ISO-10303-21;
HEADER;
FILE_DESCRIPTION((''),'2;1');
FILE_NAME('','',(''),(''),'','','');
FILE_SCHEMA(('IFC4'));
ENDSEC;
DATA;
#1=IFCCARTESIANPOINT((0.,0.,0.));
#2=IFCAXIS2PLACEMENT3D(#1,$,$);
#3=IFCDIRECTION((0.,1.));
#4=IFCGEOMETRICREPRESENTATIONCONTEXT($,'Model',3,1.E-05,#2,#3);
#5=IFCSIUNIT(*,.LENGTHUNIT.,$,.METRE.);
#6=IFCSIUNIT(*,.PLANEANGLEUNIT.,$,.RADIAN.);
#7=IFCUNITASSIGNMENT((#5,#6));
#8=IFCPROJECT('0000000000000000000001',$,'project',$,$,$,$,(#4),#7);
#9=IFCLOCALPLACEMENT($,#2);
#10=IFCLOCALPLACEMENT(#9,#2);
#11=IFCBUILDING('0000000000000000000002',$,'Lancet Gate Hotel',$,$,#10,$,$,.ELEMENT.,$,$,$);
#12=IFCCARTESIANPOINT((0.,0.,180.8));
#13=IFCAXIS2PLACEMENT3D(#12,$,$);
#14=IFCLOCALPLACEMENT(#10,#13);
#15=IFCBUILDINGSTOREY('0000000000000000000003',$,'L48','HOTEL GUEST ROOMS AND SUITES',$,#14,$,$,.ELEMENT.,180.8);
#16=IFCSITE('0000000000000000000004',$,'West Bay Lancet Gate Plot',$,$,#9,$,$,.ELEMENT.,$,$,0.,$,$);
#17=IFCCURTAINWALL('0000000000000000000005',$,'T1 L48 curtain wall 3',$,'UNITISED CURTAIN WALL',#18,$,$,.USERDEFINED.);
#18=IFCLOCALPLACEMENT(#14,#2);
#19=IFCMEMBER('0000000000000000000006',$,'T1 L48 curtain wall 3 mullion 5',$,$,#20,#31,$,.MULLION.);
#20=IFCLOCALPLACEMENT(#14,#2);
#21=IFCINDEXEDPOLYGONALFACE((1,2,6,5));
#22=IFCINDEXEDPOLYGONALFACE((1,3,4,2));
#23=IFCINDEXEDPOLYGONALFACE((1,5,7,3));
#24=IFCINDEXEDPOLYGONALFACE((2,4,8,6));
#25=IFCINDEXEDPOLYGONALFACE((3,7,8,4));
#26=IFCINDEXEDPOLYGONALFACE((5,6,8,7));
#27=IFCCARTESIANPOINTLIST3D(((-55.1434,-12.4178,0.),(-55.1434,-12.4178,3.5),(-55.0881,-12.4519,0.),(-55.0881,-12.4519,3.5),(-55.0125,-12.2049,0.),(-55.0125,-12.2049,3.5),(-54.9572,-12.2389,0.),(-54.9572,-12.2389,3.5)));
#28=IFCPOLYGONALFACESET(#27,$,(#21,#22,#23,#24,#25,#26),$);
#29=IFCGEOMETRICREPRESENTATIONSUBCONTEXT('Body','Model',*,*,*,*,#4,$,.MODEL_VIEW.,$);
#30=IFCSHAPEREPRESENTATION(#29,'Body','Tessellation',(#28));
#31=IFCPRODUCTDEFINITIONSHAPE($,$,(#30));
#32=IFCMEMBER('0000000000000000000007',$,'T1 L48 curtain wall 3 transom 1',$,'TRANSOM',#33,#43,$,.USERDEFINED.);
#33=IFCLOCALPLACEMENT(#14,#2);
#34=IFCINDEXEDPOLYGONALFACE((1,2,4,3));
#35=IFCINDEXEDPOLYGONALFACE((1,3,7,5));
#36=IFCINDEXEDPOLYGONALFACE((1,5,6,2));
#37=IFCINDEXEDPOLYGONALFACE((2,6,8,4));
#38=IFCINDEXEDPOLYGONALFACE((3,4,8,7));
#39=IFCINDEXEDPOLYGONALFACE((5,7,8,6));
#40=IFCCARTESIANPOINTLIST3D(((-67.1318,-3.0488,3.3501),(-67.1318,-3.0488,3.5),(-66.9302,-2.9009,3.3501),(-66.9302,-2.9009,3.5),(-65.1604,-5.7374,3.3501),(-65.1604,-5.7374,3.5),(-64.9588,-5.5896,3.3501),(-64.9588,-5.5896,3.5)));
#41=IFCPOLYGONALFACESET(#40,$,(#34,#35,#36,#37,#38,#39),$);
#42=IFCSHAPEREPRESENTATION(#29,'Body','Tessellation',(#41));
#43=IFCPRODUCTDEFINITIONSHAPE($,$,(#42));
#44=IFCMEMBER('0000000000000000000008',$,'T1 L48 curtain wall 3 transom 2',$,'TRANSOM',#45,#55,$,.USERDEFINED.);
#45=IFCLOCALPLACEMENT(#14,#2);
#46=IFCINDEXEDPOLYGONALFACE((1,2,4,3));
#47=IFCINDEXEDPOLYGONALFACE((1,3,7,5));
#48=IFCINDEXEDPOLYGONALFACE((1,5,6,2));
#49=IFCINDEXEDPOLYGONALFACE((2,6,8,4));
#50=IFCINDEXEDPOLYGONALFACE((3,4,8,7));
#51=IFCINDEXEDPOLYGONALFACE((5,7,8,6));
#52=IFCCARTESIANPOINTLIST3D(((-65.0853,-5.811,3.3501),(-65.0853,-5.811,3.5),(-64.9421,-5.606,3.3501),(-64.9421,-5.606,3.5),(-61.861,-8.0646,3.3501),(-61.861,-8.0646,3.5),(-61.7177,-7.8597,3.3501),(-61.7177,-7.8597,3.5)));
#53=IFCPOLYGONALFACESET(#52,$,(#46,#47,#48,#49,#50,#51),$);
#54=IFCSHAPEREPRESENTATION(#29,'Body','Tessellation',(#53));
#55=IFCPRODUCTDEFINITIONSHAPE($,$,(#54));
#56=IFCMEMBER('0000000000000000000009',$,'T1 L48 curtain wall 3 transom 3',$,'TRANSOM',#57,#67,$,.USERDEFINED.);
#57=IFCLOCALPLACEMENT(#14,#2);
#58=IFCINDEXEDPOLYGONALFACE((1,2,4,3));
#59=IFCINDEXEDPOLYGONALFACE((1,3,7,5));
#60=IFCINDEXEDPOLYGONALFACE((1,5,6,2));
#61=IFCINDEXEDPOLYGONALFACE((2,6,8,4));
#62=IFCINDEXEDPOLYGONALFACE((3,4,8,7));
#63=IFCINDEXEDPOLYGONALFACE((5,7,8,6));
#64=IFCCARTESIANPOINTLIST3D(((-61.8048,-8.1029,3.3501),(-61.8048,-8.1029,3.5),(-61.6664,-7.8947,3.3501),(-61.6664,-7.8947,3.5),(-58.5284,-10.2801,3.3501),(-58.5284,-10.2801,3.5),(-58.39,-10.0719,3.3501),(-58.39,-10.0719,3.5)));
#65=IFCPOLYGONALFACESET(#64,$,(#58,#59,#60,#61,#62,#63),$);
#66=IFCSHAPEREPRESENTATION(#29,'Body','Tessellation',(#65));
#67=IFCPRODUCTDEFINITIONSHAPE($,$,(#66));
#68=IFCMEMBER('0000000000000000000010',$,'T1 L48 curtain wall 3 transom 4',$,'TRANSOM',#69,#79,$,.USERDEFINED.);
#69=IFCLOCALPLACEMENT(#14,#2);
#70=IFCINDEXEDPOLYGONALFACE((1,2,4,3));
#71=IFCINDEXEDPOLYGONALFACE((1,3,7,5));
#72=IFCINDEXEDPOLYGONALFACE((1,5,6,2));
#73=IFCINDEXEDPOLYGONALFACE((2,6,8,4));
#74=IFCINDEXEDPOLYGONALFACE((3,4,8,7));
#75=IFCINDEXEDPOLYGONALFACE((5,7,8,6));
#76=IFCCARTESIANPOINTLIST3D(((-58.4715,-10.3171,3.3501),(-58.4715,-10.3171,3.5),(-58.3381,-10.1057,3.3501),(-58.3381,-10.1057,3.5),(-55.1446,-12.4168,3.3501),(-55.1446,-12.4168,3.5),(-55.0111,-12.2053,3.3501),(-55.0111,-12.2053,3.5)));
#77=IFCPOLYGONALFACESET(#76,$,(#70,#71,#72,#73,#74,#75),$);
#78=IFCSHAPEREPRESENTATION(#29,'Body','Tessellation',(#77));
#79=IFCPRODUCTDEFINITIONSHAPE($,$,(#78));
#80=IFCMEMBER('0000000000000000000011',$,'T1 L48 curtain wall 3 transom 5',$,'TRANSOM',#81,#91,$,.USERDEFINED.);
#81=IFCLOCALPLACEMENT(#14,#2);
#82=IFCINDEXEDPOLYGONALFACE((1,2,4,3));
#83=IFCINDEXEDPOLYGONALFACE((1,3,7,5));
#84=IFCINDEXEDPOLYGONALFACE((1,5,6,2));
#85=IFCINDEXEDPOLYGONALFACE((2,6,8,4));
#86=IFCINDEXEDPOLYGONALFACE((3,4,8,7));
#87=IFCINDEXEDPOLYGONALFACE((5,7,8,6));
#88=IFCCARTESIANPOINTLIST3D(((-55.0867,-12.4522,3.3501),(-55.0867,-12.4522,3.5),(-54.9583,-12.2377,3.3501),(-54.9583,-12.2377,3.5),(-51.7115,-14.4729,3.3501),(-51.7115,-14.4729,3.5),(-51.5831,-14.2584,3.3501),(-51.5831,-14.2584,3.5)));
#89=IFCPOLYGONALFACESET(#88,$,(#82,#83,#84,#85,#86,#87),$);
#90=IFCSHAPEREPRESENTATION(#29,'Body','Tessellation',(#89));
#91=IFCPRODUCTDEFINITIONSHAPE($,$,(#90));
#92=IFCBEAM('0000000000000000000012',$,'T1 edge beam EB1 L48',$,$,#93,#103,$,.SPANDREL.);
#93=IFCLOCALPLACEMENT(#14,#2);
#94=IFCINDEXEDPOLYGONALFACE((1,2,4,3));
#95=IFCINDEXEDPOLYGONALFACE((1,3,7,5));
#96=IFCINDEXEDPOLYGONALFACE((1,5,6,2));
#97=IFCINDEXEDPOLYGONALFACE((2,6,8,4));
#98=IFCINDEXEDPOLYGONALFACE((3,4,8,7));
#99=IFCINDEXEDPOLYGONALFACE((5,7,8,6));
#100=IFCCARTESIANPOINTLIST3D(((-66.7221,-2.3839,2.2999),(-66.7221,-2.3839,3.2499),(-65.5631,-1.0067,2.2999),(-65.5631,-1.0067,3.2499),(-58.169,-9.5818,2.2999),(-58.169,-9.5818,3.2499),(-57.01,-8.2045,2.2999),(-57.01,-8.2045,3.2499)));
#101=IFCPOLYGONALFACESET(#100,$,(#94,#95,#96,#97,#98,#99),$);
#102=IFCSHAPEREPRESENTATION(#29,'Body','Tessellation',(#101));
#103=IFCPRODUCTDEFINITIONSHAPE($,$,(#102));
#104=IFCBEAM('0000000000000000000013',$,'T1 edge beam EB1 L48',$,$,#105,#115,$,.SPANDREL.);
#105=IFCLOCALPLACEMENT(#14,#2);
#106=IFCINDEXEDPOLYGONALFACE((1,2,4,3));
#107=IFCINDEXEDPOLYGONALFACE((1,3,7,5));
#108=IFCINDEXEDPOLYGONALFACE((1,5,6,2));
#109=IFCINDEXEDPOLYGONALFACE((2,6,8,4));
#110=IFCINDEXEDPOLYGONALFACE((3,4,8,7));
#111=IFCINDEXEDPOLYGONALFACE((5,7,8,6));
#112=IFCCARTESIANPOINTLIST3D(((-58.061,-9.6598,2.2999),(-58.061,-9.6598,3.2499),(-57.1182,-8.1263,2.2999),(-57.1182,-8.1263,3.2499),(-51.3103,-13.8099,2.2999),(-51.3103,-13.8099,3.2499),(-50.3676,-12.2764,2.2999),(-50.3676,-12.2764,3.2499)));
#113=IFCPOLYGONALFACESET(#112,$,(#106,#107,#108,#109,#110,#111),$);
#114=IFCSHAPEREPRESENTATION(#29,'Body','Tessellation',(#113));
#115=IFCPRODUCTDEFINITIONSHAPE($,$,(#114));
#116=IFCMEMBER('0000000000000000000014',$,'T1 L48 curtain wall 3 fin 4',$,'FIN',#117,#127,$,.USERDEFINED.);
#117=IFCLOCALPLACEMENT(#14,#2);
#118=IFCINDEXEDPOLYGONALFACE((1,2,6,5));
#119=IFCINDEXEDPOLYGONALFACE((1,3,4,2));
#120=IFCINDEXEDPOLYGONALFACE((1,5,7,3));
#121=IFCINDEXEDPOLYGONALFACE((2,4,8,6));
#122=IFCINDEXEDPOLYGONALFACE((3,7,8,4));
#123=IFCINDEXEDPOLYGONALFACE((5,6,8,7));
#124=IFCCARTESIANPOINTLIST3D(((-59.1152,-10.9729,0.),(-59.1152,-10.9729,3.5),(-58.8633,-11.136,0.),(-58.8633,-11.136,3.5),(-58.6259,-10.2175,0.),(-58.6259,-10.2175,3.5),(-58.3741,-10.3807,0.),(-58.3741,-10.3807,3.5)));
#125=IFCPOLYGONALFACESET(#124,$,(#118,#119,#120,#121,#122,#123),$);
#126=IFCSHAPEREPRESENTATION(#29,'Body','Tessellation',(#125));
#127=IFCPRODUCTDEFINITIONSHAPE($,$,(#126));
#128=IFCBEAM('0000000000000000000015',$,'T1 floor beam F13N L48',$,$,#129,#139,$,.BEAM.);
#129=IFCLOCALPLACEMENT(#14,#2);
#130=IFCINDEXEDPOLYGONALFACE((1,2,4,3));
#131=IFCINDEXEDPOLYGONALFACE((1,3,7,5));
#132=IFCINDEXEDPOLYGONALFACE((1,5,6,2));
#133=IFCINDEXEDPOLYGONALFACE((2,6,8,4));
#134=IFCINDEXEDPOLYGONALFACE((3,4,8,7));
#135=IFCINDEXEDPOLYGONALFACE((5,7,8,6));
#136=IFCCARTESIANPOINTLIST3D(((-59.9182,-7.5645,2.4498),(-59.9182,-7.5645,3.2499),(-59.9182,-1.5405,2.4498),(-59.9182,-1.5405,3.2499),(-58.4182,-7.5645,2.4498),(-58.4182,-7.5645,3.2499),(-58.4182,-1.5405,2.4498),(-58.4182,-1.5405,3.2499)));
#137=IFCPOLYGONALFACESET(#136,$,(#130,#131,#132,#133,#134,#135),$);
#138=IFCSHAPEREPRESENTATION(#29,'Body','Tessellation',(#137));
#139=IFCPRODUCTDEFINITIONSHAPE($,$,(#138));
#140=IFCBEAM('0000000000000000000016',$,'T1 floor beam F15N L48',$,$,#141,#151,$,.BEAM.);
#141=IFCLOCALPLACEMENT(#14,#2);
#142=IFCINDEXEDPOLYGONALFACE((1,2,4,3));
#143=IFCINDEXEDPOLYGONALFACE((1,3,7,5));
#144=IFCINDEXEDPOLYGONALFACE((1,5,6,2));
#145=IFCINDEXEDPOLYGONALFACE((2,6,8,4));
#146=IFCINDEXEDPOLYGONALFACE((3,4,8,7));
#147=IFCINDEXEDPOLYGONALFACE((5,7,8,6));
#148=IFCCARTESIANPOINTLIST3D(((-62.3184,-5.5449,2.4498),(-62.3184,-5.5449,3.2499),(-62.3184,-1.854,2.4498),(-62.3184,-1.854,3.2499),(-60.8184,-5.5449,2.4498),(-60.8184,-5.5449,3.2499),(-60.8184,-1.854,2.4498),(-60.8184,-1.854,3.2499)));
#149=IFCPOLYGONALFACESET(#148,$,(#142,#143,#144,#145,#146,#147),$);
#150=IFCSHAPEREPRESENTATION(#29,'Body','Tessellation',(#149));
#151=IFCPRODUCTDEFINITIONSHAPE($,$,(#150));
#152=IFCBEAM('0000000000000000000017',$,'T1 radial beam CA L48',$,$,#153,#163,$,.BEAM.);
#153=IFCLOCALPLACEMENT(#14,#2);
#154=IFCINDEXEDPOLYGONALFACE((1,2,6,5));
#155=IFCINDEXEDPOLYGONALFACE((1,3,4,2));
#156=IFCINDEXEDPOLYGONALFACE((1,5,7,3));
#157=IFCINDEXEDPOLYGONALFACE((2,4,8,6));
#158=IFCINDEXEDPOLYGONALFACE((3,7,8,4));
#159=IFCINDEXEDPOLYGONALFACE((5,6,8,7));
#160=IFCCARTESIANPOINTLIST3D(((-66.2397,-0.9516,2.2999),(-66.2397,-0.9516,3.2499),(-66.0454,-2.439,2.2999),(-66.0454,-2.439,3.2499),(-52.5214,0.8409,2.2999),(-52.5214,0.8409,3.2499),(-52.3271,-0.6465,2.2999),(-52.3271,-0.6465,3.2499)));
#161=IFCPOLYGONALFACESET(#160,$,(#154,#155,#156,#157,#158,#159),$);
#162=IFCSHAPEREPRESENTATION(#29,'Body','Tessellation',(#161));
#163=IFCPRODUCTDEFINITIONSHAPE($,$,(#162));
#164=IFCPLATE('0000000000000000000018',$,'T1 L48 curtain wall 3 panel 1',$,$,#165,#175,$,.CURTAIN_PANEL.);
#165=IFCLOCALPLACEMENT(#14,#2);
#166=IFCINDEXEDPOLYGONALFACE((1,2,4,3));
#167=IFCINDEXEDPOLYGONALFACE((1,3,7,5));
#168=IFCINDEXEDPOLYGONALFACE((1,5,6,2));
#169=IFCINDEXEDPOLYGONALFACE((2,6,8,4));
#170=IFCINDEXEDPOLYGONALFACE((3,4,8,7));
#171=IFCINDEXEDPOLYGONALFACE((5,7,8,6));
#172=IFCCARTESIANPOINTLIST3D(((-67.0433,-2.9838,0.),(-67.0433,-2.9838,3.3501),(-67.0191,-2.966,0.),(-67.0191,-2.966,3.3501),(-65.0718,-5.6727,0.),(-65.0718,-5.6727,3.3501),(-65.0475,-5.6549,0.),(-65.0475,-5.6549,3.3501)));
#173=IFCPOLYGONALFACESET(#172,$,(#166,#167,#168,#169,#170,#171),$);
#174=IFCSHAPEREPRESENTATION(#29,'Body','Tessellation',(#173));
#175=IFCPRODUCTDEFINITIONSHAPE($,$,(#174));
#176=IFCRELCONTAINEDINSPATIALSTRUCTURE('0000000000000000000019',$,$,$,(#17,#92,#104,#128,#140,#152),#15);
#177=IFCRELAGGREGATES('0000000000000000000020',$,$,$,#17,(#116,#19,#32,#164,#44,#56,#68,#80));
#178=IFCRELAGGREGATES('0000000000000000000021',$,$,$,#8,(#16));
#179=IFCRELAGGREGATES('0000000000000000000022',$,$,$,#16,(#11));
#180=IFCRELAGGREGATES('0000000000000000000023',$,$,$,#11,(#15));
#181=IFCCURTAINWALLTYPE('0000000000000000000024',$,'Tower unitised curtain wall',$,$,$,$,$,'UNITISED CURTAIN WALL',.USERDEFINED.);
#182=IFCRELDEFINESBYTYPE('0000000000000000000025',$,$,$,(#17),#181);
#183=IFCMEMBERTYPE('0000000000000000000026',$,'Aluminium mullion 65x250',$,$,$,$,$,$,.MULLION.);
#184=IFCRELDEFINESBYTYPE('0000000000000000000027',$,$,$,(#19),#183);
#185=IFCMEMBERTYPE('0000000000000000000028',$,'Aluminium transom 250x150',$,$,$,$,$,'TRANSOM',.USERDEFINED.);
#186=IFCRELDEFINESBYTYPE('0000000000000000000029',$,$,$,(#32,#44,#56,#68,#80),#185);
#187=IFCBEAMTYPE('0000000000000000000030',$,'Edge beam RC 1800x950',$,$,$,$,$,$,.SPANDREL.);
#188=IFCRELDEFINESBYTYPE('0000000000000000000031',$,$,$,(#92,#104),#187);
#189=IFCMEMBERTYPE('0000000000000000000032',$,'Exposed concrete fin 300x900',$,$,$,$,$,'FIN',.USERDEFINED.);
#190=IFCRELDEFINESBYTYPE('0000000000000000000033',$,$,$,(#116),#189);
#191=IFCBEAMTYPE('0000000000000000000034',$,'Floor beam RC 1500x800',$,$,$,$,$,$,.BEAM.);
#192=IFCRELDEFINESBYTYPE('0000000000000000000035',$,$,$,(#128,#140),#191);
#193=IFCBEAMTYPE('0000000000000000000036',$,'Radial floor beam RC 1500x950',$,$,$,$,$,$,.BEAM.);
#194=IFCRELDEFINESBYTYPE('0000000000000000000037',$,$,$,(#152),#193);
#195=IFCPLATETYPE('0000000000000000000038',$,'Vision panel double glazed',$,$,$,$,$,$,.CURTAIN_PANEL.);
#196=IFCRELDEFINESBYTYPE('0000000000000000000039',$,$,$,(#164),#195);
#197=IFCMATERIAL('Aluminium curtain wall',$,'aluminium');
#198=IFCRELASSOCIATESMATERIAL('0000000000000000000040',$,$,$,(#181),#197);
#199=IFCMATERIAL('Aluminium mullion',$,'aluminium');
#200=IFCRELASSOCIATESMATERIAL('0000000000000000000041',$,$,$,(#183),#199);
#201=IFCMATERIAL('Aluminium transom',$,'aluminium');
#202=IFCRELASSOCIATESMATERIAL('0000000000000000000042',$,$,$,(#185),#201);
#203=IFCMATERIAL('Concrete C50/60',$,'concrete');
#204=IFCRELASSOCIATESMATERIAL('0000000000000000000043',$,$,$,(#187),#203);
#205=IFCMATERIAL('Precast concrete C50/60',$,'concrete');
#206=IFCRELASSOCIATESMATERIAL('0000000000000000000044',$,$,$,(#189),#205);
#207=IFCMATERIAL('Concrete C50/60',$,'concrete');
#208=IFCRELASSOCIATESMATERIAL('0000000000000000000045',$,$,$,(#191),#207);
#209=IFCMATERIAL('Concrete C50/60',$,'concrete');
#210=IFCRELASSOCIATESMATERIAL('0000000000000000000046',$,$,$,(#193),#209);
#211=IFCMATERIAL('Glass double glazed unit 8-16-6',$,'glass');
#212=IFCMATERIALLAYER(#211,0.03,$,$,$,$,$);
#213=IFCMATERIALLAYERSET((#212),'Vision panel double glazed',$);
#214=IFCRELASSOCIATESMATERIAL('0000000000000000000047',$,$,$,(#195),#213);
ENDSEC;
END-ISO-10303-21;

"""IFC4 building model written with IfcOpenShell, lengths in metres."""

from ifc_helpers import new_model, si_unit, direction, frame, origin, origin_2d, place, context, subcontext, project, spatial, rectangle, extrude, material, layer, layer_set, material_profile, profile_set, type_object, element, aggregate, save


model = new_model("IFC4")

# Units and contexts
model_context = context("Model", 3, precision=1e-05, world=origin(), true_north=direction((0.0, 1.0)))
body_context = subcontext(model_context, "Body", "Model", "MODEL_VIEW")
ifc_project = project(units=[si_unit("LENGTHUNIT", "METRE"), si_unit("PLANEANGLEUNIT", "RADIAN")], contexts=[model_context])

# Site, building, storey
site_placement = place(None, origin())
site = spatial("IfcSite", under=ifc_project, at=site_placement, Name="West Bay Lancet Gate Plot", CompositionType="ELEMENT", RefElevation=0.0)
building_placement = place(site_placement, origin())
building = spatial("IfcBuilding", under=site, at=building_placement, Name="Lancet Gate Hotel", CompositionType="ELEMENT")
storey_placement = place(building_placement, frame((0.0, 0.0, 180.8)))
storey = spatial("IfcBuildingStorey", under=building, at=storey_placement, Name="L48", Description="HOTEL GUEST ROOMS AND SUITES", CompositionType="ELEMENT", Elevation=180.8)

# Curtain wall, members
ifc_material_1 = material(Name="Aluminium curtain wall", Category="aluminium")
curtain_wall_type = type_object("IfcCurtainWallType", Name="Tower unitised curtain wall", ElementType="UNITISED CURTAIN WALL", PredefinedType="USERDEFINED", material=ifc_material_1)
curtain_wall_placement = place(storey_placement, origin())
curtain_wall = element("IfcCurtainWall", 1, at=curtain_wall_placement, inside=storey, type_object=curtain_wall_type, Name="T1 L48 curtain wall 3", ObjectType="UNITISED CURTAIN WALL", PredefinedType="USERDEFINED")
ifc_material_2 = material(Name="Aluminium mullion", Category="aluminium")
ifc_material_profile_1 = material_profile(ifc_material_2, rectangle(XDim=0.0649, YDim=0.25, at=origin_2d()), Name="MULLION 65x250")
ifc_profile_set_1 = profile_set([ifc_material_profile_1], Name="Aluminium mullion")
member_type_1 = type_object("IfcMemberType", Name="Aluminium mullion 65x250", PredefinedType="MULLION", material=ifc_profile_set_1)
member_1_placement = place(storey_placement, frame((-55.0503, -12.3284, 0.0), z_axis=(0.0, 0.0, 1.0), x_axis=(0.851886, -0.523728, 0.0)))
member_1 = element("IfcMember", 2, at=member_1_placement, type_object=member_type_1, Name="T1 L48 curtain wall 3 mullion 5", PredefinedType="MULLION", context=body_context, shape_type="SweptSolid", body=[
    extrude(rectangle(XDim=0.0649, YDim=0.25, at=origin_2d()), origin(), (0.0, 0.0, 1.0), 3.5),
])
ifc_material_3 = material(Name="Aluminium transom", Category="aluminium")
ifc_material_profile_2 = material_profile(ifc_material_3, rectangle(XDim=0.25, YDim=0.1499, at=origin_2d()), Name="TRANSOM 250x150")
ifc_profile_set_2 = profile_set([ifc_material_profile_2], Name="Aluminium transom")
member_type_2 = type_object("IfcMemberType", Name="Aluminium transom 250x150", ElementType="TRANSOM", PredefinedType="USERDEFINED", material=ifc_profile_set_2)
member_2_placement = place(storey_placement, frame((-67.031, -2.9749, 3.425), z_axis=(0.591307, -0.806447, 0.0), x_axis=(0.806447, 0.591307, 0.0)))
member_2 = element("IfcMember", 3, at=member_2_placement, type_object=member_type_2, Name="T1 L48 curtain wall 3 transom 1", ObjectType="TRANSOM", PredefinedType="USERDEFINED", context=body_context, shape_type="SweptSolid", body=[
    extrude(rectangle(XDim=0.25, YDim=0.1499, at=origin_2d()), origin(), (0.0, 0.0, 1.0), 3.334),
])
member_3_placement = place(storey_placement, frame((-65.0137, -5.7085, 3.425), z_axis=(0.819637, -0.572883, 0.0), x_axis=(0.572883, 0.819637, 0.0)))
member_3 = element("IfcMember", 4, at=member_3_placement, type_object=member_type_2, Name="T1 L48 curtain wall 3 transom 2", ObjectType="TRANSOM", PredefinedType="USERDEFINED", context=body_context, shape_type="SweptSolid", body=[
    extrude(rectangle(XDim=0.25, YDim=0.1499, at=origin_2d()), origin(), (0.0, 0.0, 1.0), 3.9338),
])
member_4_placement = place(storey_placement, frame((-61.7356, -7.9988, 3.425), z_axis=(0.832871, -0.553468, 0.0), x_axis=(0.553468, 0.832871, 0.0)))
member_4 = element("IfcMember", 5, at=member_4_placement, type_object=member_type_2, Name="T1 L48 curtain wall 3 transom 3", ObjectType="TRANSOM", PredefinedType="USERDEFINED", context=body_context, shape_type="SweptSolid", body=[
    extrude(rectangle(XDim=0.25, YDim=0.1499, at=origin_2d()), origin(), (0.0, 0.0, 1.0), 3.9338),
])
member_5_placement = place(storey_placement, frame((-58.4048, -10.2114, 3.425), z_axis=(0.845672, -0.533703, 0.0), x_axis=(0.533703, 0.845672, 0.0)))
member_5 = element("IfcMember", 6, at=member_5_placement, type_object=member_type_2, Name="T1 L48 curtain wall 3 transom 4", ObjectType="TRANSOM", PredefinedType="USERDEFINED", context=body_context, shape_type="SweptSolid", body=[
    extrude(rectangle(XDim=0.25, YDim=0.1499, at=origin_2d()), origin(), (0.0, 0.0, 1.0), 3.9341),
])
member_6_placement = place(storey_placement, frame((-55.0225, -12.345, 3.425), z_axis=(0.857985, -0.513674, 0.0), x_axis=(0.513674, 0.857985, 0.0)))
member_6 = element("IfcMember", 7, at=member_6_placement, type_object=member_type_2, Name="T1 L48 curtain wall 3 transom 5", ObjectType="TRANSOM", PredefinedType="USERDEFINED", context=body_context, shape_type="SweptSolid", body=[
    extrude(rectangle(XDim=0.25, YDim=0.1499, at=origin_2d()), origin(), (0.0, 0.0, 1.0), 3.9338),
])

# Beams
ifc_material_4 = material(Name="Concrete C50/60", Category="concrete")
ifc_material_profile_3 = material_profile(ifc_material_4, rectangle(XDim=1.8, YDim=0.95, at=origin_2d()), Name="RC 1800x950")
ifc_profile_set_3 = profile_set([ifc_material_profile_3], Name="Concrete C50/60")
beam_type_1 = type_object("IfcBeamType", Name="Edge beam RC 1800x950", PredefinedType="SPANDREL", material=ifc_profile_set_3)
beam_1_placement = place(storey_placement, frame((-66.1426, -1.6953, 2.7749), z_axis=(0.765121, -0.643887, 0.0), x_axis=(0.643887, 0.765121, 0.0)))
element("IfcBeam", 8, at=beam_1_placement, inside=storey, type_object=beam_type_1, Name="T1 edge beam EB1 L48", PredefinedType="SPANDREL", context=body_context, shape_type="SweptSolid", body=[
    extrude(rectangle(XDim=1.8, YDim=0.95, at=origin_2d()), origin(), (0.0, 0.0, 1.0), 11.1787),
])
beam_2_placement = place(storey_placement, frame((-57.5896, -8.8931, 2.7749), z_axis=(0.851892, -0.523717, 0.0), x_axis=(0.523717, 0.851892, 0.0)))
element("IfcBeam", 9, at=beam_2_placement, inside=storey, type_object=beam_type_1, Name="T1 edge beam EB1 L48", PredefinedType="SPANDREL", context=body_context, shape_type="SweptSolid", body=[
    extrude(rectangle(XDim=1.8, YDim=0.95, at=origin_2d()), origin(), (0.0, 0.0, 1.0), 7.9243),
])

# Member
ifc_material_5 = material(Name="Precast concrete C50/60", Category="concrete")
ifc_material_profile_4 = material_profile(ifc_material_5, rectangle(XDim=0.3, YDim=0.8999, at=origin_2d()), Name="FIN 300x900")
ifc_profile_set_4 = profile_set([ifc_material_profile_4], Name="Precast concrete C50/60")
member_type_3 = type_object("IfcMemberType", Name="Exposed concrete fin 300x900", ElementType="FIN", PredefinedType="USERDEFINED", material=ifc_profile_set_4)
member_7_placement = place(storey_placement, frame((-58.7446, -10.6768, 0.0), z_axis=(0.0, 0.0, 1.0), x_axis=(0.839331, -0.543621, 0.0)))
member_7 = element("IfcMember", 10, at=member_7_placement, type_object=member_type_3, Name="T1 L48 curtain wall 3 fin 4", ObjectType="FIN", PredefinedType="USERDEFINED", context=body_context, shape_type="SweptSolid", body=[
    extrude(rectangle(XDim=0.3, YDim=0.8999, at=origin_2d()), origin(), (0.0, 0.0, 1.0), 3.5),
])

# Beams
ifc_material_6 = material(Name="Concrete C50/60", Category="concrete")
ifc_material_profile_5 = material_profile(ifc_material_6, rectangle(XDim=1.5, YDim=0.8, at=origin_2d()), Name="RC 1500x800")
ifc_profile_set_5 = profile_set([ifc_material_profile_5], Name="Concrete C50/60")
beam_type_2 = type_object("IfcBeamType", Name="Floor beam RC 1500x800", PredefinedType="BEAM", material=ifc_profile_set_5)
beam_3_placement = place(storey_placement, frame((-59.1682, -1.5405, 2.8499), z_axis=(0.0, -1.0, 0.0), x_axis=(1.0, 0.0, 0.0)))
element("IfcBeam", 11, at=beam_3_placement, inside=storey, type_object=beam_type_2, Name="T1 floor beam F13N L48", PredefinedType="BEAM", context=body_context, shape_type="SweptSolid", body=[
    extrude(rectangle(XDim=1.5, YDim=0.8, at=origin_2d()), origin(), (0.0, 0.0, 1.0), 6.0239),
])
beam_4_placement = place(storey_placement, frame((-61.5684, -1.854, 2.8499), z_axis=(0.0, -1.0, 0.0), x_axis=(1.0, 0.0, 0.0)))
element("IfcBeam", 12, at=beam_4_placement, inside=storey, type_object=beam_type_2, Name="T1 floor beam F15N L48", PredefinedType="BEAM", context=body_context, shape_type="SweptSolid", body=[
    extrude(rectangle(XDim=1.5, YDim=0.8, at=origin_2d()), origin(), (0.0, 0.0, 1.0), 3.6909),
])
ifc_material_7 = material(Name="Concrete C50/60", Category="concrete")
ifc_material_profile_6 = material_profile(ifc_material_7, rectangle(XDim=1.5, YDim=0.95, at=origin_2d()), Name="RC 1500x950")
ifc_profile_set_6 = profile_set([ifc_material_profile_6], Name="Concrete C50/60")
beam_type_3 = type_object("IfcBeamType", Name="Radial floor beam RC 1500x950", PredefinedType="BEAM", material=ifc_profile_set_6)
beam_5_placement = place(storey_placement, frame((-66.1426, -1.6953, 2.7749), z_axis=(0.991571, 0.129562, 0.0), x_axis=(-0.129562, 0.991571, 0.0)))
element("IfcBeam", 13, at=beam_5_placement, inside=storey, type_object=beam_type_3, Name="T1 radial beam CA L48", PredefinedType="BEAM", context=body_context, shape_type="SweptSolid", body=[
    extrude(rectangle(XDim=1.5, YDim=0.95, at=origin_2d()), origin(), (0.0, 0.0, 1.0), 13.835),
])

# Plate
ifc_material_8 = material(Name="Glass double glazed unit 8-16-6", Category="glass")
ifc_layer_1 = layer(ifc_material_8, 0.03)
ifc_layer_set_1 = layer_set([ifc_layer_1], Name="Vision panel double glazed")
plate_type = type_object("IfcPlateType", Name="Vision panel double glazed", PredefinedType="CURTAIN_PANEL", material=ifc_layer_set_1)
plate_1_placement = place(storey_placement, frame((-66.0454, -4.3193, 0.0), z_axis=(0.0, 0.0, 1.0), x_axis=(0.5913, -0.806452, 0.0)))
plate_1 = element("IfcPlate", 14, at=plate_1_placement, type_object=plate_type, Name="T1 L48 curtain wall 3 panel 1", PredefinedType="CURTAIN_PANEL", context=body_context, shape_type="SweptSolid", body=[
    extrude(rectangle(XDim=3.3342, YDim=0.03, at=origin_2d()), origin(), (0.0, 0.0, 1.0), 3.3501),
])
aggregate(curtain_wall, [member_7, member_1, member_2, plate_1, member_3, member_4, member_5, member_6])

save(model, "model.ifc")
